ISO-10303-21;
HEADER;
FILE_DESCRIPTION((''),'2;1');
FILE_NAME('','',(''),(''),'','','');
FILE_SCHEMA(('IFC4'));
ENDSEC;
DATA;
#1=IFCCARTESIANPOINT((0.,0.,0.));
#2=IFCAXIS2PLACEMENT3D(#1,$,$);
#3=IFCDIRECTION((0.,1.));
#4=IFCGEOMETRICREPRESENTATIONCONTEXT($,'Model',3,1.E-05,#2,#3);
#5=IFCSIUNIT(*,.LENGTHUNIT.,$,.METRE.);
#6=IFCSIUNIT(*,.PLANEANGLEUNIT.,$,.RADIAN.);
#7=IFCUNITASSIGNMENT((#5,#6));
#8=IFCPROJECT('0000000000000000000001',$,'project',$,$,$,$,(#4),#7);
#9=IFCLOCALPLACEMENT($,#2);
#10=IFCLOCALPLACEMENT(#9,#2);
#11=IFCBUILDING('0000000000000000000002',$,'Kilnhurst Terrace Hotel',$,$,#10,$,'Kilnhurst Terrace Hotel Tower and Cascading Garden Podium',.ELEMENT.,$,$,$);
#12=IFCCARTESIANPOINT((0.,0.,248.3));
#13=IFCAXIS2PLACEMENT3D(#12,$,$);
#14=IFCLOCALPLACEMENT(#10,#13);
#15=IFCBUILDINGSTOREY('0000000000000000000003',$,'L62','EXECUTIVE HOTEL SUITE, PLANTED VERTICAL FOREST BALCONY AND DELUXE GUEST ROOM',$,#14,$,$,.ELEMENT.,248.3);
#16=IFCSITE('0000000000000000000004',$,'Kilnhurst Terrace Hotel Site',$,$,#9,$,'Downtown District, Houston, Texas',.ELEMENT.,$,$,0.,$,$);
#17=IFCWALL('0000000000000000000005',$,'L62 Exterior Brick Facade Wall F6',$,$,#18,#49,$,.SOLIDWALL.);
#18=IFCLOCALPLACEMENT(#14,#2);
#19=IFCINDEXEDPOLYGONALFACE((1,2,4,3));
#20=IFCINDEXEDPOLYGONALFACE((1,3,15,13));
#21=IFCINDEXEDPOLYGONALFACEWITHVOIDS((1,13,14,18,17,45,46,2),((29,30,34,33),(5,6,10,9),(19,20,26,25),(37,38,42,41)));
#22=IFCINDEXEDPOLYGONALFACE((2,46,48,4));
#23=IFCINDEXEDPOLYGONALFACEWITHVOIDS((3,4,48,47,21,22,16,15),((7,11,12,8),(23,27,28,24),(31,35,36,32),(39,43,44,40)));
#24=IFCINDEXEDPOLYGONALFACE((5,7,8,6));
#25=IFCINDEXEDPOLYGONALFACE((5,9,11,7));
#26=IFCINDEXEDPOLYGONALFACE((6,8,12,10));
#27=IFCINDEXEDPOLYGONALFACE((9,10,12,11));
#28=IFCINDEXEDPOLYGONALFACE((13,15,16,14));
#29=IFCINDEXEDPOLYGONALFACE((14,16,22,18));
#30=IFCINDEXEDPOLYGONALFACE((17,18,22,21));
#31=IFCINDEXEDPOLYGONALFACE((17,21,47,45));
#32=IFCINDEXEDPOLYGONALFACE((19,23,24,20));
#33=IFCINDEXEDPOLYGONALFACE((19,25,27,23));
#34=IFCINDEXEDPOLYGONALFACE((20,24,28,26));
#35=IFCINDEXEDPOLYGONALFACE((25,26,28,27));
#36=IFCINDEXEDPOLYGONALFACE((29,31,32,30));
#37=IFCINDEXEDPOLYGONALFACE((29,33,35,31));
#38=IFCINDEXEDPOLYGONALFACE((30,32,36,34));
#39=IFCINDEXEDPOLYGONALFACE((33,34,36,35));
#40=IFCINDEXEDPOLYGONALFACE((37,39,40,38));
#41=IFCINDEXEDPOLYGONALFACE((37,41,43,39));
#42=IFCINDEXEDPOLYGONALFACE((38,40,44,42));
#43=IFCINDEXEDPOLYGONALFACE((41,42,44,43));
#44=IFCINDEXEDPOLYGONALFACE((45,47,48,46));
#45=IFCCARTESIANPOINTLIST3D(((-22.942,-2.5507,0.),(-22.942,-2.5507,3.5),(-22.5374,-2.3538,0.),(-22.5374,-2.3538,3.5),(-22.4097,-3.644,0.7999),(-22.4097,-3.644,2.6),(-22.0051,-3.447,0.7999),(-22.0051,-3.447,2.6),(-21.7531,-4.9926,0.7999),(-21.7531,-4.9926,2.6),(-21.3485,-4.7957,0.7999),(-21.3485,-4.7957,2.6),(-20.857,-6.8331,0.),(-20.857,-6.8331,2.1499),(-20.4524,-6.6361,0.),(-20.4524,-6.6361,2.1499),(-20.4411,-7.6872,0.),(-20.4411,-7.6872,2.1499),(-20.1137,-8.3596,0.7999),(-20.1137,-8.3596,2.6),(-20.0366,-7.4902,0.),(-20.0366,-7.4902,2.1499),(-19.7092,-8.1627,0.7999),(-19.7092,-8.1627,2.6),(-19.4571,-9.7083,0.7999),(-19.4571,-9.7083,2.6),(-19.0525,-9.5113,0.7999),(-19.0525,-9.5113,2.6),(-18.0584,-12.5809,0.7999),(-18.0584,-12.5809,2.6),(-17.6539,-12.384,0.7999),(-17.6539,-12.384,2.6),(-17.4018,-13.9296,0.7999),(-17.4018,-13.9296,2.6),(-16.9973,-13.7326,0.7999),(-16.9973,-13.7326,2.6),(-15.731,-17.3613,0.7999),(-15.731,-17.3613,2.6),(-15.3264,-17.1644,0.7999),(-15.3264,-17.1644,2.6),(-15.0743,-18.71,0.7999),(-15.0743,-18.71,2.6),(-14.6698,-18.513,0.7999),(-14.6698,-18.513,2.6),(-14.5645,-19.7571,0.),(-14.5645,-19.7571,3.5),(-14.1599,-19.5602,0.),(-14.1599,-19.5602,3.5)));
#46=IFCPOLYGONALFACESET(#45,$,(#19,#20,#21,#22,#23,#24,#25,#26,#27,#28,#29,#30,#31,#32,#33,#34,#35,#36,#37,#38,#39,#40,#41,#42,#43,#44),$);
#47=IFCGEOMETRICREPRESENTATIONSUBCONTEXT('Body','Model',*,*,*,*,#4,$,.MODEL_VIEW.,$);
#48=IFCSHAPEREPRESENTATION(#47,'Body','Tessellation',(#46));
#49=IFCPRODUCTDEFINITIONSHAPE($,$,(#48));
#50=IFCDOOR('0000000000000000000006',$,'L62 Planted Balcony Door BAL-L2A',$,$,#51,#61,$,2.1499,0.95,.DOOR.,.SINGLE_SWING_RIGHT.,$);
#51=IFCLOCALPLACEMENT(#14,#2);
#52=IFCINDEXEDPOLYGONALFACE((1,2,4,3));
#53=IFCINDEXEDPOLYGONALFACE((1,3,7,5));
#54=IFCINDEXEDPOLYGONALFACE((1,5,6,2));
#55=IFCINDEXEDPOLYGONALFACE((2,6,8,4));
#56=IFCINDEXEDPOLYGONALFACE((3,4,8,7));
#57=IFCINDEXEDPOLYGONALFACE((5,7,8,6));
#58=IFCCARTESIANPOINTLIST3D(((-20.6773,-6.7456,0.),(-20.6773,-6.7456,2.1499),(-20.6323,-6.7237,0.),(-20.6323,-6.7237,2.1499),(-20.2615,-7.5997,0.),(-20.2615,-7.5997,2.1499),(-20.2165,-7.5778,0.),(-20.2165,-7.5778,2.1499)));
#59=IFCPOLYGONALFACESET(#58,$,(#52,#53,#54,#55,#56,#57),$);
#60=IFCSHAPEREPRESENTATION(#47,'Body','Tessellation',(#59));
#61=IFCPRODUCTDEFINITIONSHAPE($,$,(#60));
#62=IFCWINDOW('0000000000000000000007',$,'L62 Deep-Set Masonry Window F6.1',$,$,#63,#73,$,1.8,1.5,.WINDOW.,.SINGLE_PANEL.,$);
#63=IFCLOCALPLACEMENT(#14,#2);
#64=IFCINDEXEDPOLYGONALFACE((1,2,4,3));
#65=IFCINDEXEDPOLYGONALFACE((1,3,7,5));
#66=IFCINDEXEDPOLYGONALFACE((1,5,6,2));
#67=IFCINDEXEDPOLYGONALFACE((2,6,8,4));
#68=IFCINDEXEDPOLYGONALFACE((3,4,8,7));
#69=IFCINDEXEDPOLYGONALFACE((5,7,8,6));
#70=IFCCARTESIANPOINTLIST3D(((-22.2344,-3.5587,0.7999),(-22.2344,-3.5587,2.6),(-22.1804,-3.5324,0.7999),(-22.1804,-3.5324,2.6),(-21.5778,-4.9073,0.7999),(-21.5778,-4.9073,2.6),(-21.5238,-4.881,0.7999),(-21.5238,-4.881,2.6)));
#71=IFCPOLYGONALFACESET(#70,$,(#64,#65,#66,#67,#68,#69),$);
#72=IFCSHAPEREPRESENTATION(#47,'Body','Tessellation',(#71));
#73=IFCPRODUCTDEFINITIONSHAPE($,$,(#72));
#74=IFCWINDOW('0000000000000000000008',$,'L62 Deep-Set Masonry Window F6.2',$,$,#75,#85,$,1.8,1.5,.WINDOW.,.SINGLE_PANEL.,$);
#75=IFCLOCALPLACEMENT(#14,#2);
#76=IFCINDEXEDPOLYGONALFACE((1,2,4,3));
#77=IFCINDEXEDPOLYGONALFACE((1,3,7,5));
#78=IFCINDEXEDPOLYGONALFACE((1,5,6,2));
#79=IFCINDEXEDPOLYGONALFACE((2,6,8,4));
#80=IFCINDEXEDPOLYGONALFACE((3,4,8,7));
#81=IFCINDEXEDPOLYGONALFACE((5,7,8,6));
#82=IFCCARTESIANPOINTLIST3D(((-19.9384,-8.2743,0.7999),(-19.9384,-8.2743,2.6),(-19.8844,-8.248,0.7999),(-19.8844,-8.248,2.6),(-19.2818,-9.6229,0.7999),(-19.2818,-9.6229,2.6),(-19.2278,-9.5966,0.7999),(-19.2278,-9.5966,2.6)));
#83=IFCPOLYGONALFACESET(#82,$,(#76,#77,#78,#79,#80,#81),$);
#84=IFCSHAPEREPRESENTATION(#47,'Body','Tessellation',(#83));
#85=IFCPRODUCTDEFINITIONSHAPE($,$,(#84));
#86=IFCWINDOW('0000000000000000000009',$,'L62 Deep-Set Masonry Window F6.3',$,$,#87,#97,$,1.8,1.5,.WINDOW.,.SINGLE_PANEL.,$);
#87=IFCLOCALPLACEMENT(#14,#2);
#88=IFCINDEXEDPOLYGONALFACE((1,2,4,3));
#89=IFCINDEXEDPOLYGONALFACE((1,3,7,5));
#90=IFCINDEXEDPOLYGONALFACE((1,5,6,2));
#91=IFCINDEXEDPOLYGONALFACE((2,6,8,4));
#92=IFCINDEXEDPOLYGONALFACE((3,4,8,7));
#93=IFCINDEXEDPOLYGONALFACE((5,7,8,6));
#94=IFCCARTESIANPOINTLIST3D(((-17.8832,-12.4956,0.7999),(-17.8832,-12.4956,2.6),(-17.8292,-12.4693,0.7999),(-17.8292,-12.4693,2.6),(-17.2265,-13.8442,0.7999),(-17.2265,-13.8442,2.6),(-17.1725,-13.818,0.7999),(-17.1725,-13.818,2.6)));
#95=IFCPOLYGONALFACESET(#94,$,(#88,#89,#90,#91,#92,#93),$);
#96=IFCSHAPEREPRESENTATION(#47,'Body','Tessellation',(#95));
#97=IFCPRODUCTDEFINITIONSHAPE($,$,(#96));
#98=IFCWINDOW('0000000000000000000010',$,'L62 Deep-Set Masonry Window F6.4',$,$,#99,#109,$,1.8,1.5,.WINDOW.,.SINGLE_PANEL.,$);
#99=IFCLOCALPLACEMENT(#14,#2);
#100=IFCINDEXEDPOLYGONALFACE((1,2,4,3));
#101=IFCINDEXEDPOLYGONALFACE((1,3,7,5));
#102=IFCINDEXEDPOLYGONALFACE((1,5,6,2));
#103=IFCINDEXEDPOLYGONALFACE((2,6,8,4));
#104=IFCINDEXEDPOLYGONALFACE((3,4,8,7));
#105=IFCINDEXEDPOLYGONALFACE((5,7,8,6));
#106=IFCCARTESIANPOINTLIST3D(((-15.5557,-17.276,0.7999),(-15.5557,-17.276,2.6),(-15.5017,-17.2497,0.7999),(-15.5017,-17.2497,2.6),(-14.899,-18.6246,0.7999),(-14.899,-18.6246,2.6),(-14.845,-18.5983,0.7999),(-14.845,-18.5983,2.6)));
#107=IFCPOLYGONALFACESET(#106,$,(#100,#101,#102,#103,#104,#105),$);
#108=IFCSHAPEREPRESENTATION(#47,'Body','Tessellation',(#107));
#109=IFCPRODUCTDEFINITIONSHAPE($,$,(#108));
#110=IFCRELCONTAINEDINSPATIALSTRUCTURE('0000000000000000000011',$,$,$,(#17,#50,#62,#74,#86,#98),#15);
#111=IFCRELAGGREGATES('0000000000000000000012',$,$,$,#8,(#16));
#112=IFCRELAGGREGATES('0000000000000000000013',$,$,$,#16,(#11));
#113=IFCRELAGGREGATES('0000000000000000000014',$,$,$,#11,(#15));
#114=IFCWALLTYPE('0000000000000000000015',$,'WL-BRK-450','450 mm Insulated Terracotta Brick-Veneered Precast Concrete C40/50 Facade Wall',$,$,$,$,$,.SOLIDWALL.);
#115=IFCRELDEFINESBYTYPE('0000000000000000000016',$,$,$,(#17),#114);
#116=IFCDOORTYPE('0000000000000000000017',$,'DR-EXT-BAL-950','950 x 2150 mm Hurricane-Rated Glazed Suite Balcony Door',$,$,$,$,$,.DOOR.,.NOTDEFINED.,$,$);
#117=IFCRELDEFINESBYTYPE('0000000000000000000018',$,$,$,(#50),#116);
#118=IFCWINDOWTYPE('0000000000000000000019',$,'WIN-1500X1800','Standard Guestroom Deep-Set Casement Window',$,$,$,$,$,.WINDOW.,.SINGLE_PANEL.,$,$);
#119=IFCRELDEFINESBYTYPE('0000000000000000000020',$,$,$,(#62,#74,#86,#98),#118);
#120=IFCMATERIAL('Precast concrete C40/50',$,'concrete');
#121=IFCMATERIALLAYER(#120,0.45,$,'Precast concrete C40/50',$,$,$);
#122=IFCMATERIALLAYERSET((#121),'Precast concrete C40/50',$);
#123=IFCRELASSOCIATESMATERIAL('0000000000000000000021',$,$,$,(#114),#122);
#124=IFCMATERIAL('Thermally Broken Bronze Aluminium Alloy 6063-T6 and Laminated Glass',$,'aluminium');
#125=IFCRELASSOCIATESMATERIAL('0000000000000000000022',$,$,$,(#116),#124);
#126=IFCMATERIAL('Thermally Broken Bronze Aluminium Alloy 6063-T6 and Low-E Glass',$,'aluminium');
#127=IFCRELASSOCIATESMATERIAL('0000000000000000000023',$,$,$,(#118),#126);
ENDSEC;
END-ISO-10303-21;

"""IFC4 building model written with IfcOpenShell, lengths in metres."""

from ifc_helpers import new_model, si_unit, direction, frame, frame_2d, origin, place, context, subcontext, project, spatial, rectangle, extrude, material, layer, layer_set, type_object, element, fill, save


model = new_model("IFC4")

# Units and contexts
model_context = context("Model", 3, precision=1e-05, world=origin(), true_north=direction((0.0, 1.0)))
body_context = subcontext(model_context, "Body", "Model", "MODEL_VIEW")
ifc_project = project(units=[si_unit("LENGTHUNIT", "METRE"), si_unit("PLANEANGLEUNIT", "RADIAN")], contexts=[model_context])

# Site, building, storey
site_placement = place(None, origin())
site = spatial("IfcSite", under=ifc_project, at=site_placement, Name="Kilnhurst Terrace Hotel Site", LongName="Downtown District, Houston, Texas", CompositionType="ELEMENT", RefElevation=0.0)
building_placement = place(site_placement, origin())
building = spatial("IfcBuilding", under=site, at=building_placement, Name="Kilnhurst Terrace Hotel", LongName="Kilnhurst Terrace Hotel Tower and Cascading Garden Podium", CompositionType="ELEMENT")
storey_placement = place(building_placement, frame((0.0, 0.0, 248.3)))
storey = spatial("IfcBuildingStorey", under=building, at=storey_placement, Name="L62", Description="EXECUTIVE HOTEL SUITE, PLANTED VERTICAL FOREST BALCONY AND DELUXE GUEST ROOM", CompositionType="ELEMENT", Elevation=248.3)

# Shared definitions
ifc_material_1 = material(Name="Precast concrete C40/50", Category="concrete")
ifc_layer_1 = layer(ifc_material_1, 0.45, Name="Precast concrete C40/50")
ifc_layer_set_1 = layer_set([ifc_layer_1], Name="Precast concrete C40/50")
wall_type_1 = type_object("IfcWallType", Name="WL-BRK-450", Description="450 mm Insulated Terracotta Brick-Veneered Precast Concrete C40/50 Facade Wall", PredefinedType="SOLIDWALL", material=ifc_layer_set_1)

# Wall, openings, door, windows
wall_1_placement = place(storey_placement, frame((-22.7397, -2.4521, 0.0), z_axis=(0.0, 0.0, 1.0), x_axis=(0.437753, -0.899095, 0.0)))
wall_1 = element("IfcWall", 1, at=wall_1_placement, inside=storey, type_object=wall_type_1, Name="L62 Exterior Brick Facade Wall F6", PredefinedType="SOLIDWALL", context=body_context, shape_type="SweptSolid", body=[
    extrude(rectangle(XDim=19.1375, YDim=0.45, at=frame_2d((9.5688, 0.0))), origin(), (0.0, 0.0, 1.0), 3.5),
])
opening_1_placement = place(wall_1_placement, frame((4.7629, 0.0, 0.0)))
opening_1 = element("IfcOpeningElement", 2, at=opening_1_placement, cuts=wall_1, PredefinedType="OPENING", context=body_context, shape_type="SweptSolid", body=[
    extrude(rectangle(XDim=0.95, YDim=2.1499, at=frame_2d((0.4751, 1.075))), frame((0.0, 0.2349, 0.0), z_axis=(0.0, -1.0, 0.0), x_axis=(1.0, 0.0, 0.0)), (0.0, 0.0, 1.0), 0.47),
])
opening_2_placement = place(wall_1_placement, frame((1.2161, 0.0, 0.8)))
opening_2 = element("IfcOpeningElement", 3, at=opening_2_placement, cuts=wall_1, PredefinedType="OPENING", context=body_context, shape_type="SweptSolid", body=[
    extrude(rectangle(XDim=1.5, YDim=1.8, at=frame_2d((0.75, 0.8999))), frame((0.0, 0.2349, 0.0), z_axis=(0.0, -1.0, 0.0), x_axis=(1.0, 0.0, 0.0)), (0.0, 0.0, 1.0), 0.47),
])
opening_3_placement = place(wall_1_placement, frame((6.4609, 0.0, 0.8)))
opening_3 = element("IfcOpeningElement", 4, at=opening_3_placement, cuts=wall_1, PredefinedType="OPENING", context=body_context, shape_type="SweptSolid", body=[
    extrude(rectangle(XDim=1.5, YDim=1.8, at=frame_2d((0.75, 0.8999))), frame((0.0, 0.2349, 0.0), z_axis=(0.0, -1.0, 0.0), x_axis=(1.0, 0.0, 0.0)), (0.0, 0.0, 1.0), 0.47),
])
opening_4_placement = place(wall_1_placement, frame((11.156, 0.0, 0.8)))
opening_4 = element("IfcOpeningElement", 5, at=opening_4_placement, cuts=wall_1, PredefinedType="OPENING", context=body_context, shape_type="SweptSolid", body=[
    extrude(rectangle(XDim=1.5, YDim=1.8, at=frame_2d((0.75, 0.8999))), frame((0.0, 0.2349, 0.0), z_axis=(0.0, -1.0, 0.0), x_axis=(1.0, 0.0, 0.0)), (0.0, 0.0, 1.0), 0.47),
])
opening_5_placement = place(wall_1_placement, frame((16.4729, 0.0, 0.8)))
opening_5 = element("IfcOpeningElement", 6, at=opening_5_placement, cuts=wall_1, PredefinedType="OPENING", context=body_context, shape_type="SweptSolid", body=[
    extrude(rectangle(XDim=1.5, YDim=1.8, at=frame_2d((0.75, 0.8999))), frame((0.0, 0.2349, 0.0), z_axis=(0.0, -1.0, 0.0), x_axis=(1.0, 0.0, 0.0)), (0.0, 0.0, 1.0), 0.47),
])
ifc_material_2 = material(Name="Thermally Broken Bronze Aluminium Alloy 6063-T6 and Laminated Glass", Category="aluminium")
door_type_1 = type_object("IfcDoorType", Name="DR-EXT-BAL-950", Description="950 x 2150 mm Hurricane-Rated Glazed Suite Balcony Door", OperationType="NOTDEFINED", PredefinedType="DOOR", material=ifc_material_2)
door_1_placement = place(opening_1_placement, origin())
door_1 = element("IfcDoor", 7, at=door_1_placement, inside=storey, type_object=door_type_1, Name="L62 Planted Balcony Door BAL-L2A", OperationType="SINGLE_SWING_RIGHT", OverallHeight=2.1499, OverallWidth=0.95, PredefinedType="DOOR", context=body_context, shape_type="SweptSolid", body=[
    extrude(rectangle(XDim=0.95, YDim=2.1499, at=frame_2d((0.4751, 1.075))), frame((0.0, 0.0249, 0.0), z_axis=(0.0, -1.0, 0.0), x_axis=(1.0, 0.0, 0.0)), (0.0, 0.0, 1.0), 0.05),
])
fill(opening_1, door_1)
ifc_material_3 = material(Name="Thermally Broken Bronze Aluminium Alloy 6063-T6 and Low-E Glass", Category="aluminium")
window_type = type_object("IfcWindowType", Name="WIN-1500X1800", Description="Standard Guestroom Deep-Set Casement Window", PartitioningType="SINGLE_PANEL", PredefinedType="WINDOW", material=ifc_material_3)
window_1_placement = place(opening_2_placement, origin())
window_1 = element("IfcWindow", 8, at=window_1_placement, inside=storey, type_object=window_type, Name="L62 Deep-Set Masonry Window F6.1", OverallHeight=1.8, OverallWidth=1.5, PartitioningType="SINGLE_PANEL", PredefinedType="WINDOW", context=body_context, shape_type="SweptSolid", body=[
    extrude(rectangle(XDim=1.5, YDim=1.8, at=frame_2d((0.75, 0.8999))), frame((0.0, 0.03, 0.0), z_axis=(0.0, -1.0, 0.0), x_axis=(1.0, 0.0, 0.0)), (0.0, 0.0, 1.0), 0.0601),
])
fill(opening_2, window_1)
window_2_placement = place(opening_3_placement, origin())
window_2 = element("IfcWindow", 9, at=window_2_placement, inside=storey, type_object=window_type, Name="L62 Deep-Set Masonry Window F6.2", OverallHeight=1.8, OverallWidth=1.5, PartitioningType="SINGLE_PANEL", PredefinedType="WINDOW", context=body_context, shape_type="SweptSolid", body=[
    extrude(rectangle(XDim=1.5, YDim=1.8, at=frame_2d((0.75, 0.8999))), frame((0.0, 0.03, 0.0), z_axis=(0.0, -1.0, 0.0), x_axis=(1.0, 0.0, 0.0)), (0.0, 0.0, 1.0), 0.0601),
])
fill(opening_3, window_2)
window_3_placement = place(opening_4_placement, origin())
window_3 = element("IfcWindow", 10, at=window_3_placement, inside=storey, type_object=window_type, Name="L62 Deep-Set Masonry Window F6.3", OverallHeight=1.8, OverallWidth=1.5, PartitioningType="SINGLE_PANEL", PredefinedType="WINDOW", context=body_context, shape_type="SweptSolid", body=[
    extrude(rectangle(XDim=1.5, YDim=1.8, at=frame_2d((0.75, 0.8999))), frame((0.0, 0.03, 0.0), z_axis=(0.0, -1.0, 0.0), x_axis=(1.0, 0.0, 0.0)), (0.0, 0.0, 1.0), 0.0601),
])
fill(opening_4, window_3)
window_4_placement = place(opening_5_placement, origin())
window_4 = element("IfcWindow", 11, at=window_4_placement, inside=storey, type_object=window_type, Name="L62 Deep-Set Masonry Window F6.4", OverallHeight=1.8, OverallWidth=1.5, PartitioningType="SINGLE_PANEL", PredefinedType="WINDOW", context=body_context, shape_type="SweptSolid", body=[
    extrude(rectangle(XDim=1.5, YDim=1.8, at=frame_2d((0.75, 0.8999))), frame((0.0, 0.03, 0.0), z_axis=(0.0, -1.0, 0.0), x_axis=(1.0, 0.0, 0.0)), (0.0, 0.0, 1.0), 0.0601),
])
fill(opening_5, window_4)

save(model, "model.ifc")
